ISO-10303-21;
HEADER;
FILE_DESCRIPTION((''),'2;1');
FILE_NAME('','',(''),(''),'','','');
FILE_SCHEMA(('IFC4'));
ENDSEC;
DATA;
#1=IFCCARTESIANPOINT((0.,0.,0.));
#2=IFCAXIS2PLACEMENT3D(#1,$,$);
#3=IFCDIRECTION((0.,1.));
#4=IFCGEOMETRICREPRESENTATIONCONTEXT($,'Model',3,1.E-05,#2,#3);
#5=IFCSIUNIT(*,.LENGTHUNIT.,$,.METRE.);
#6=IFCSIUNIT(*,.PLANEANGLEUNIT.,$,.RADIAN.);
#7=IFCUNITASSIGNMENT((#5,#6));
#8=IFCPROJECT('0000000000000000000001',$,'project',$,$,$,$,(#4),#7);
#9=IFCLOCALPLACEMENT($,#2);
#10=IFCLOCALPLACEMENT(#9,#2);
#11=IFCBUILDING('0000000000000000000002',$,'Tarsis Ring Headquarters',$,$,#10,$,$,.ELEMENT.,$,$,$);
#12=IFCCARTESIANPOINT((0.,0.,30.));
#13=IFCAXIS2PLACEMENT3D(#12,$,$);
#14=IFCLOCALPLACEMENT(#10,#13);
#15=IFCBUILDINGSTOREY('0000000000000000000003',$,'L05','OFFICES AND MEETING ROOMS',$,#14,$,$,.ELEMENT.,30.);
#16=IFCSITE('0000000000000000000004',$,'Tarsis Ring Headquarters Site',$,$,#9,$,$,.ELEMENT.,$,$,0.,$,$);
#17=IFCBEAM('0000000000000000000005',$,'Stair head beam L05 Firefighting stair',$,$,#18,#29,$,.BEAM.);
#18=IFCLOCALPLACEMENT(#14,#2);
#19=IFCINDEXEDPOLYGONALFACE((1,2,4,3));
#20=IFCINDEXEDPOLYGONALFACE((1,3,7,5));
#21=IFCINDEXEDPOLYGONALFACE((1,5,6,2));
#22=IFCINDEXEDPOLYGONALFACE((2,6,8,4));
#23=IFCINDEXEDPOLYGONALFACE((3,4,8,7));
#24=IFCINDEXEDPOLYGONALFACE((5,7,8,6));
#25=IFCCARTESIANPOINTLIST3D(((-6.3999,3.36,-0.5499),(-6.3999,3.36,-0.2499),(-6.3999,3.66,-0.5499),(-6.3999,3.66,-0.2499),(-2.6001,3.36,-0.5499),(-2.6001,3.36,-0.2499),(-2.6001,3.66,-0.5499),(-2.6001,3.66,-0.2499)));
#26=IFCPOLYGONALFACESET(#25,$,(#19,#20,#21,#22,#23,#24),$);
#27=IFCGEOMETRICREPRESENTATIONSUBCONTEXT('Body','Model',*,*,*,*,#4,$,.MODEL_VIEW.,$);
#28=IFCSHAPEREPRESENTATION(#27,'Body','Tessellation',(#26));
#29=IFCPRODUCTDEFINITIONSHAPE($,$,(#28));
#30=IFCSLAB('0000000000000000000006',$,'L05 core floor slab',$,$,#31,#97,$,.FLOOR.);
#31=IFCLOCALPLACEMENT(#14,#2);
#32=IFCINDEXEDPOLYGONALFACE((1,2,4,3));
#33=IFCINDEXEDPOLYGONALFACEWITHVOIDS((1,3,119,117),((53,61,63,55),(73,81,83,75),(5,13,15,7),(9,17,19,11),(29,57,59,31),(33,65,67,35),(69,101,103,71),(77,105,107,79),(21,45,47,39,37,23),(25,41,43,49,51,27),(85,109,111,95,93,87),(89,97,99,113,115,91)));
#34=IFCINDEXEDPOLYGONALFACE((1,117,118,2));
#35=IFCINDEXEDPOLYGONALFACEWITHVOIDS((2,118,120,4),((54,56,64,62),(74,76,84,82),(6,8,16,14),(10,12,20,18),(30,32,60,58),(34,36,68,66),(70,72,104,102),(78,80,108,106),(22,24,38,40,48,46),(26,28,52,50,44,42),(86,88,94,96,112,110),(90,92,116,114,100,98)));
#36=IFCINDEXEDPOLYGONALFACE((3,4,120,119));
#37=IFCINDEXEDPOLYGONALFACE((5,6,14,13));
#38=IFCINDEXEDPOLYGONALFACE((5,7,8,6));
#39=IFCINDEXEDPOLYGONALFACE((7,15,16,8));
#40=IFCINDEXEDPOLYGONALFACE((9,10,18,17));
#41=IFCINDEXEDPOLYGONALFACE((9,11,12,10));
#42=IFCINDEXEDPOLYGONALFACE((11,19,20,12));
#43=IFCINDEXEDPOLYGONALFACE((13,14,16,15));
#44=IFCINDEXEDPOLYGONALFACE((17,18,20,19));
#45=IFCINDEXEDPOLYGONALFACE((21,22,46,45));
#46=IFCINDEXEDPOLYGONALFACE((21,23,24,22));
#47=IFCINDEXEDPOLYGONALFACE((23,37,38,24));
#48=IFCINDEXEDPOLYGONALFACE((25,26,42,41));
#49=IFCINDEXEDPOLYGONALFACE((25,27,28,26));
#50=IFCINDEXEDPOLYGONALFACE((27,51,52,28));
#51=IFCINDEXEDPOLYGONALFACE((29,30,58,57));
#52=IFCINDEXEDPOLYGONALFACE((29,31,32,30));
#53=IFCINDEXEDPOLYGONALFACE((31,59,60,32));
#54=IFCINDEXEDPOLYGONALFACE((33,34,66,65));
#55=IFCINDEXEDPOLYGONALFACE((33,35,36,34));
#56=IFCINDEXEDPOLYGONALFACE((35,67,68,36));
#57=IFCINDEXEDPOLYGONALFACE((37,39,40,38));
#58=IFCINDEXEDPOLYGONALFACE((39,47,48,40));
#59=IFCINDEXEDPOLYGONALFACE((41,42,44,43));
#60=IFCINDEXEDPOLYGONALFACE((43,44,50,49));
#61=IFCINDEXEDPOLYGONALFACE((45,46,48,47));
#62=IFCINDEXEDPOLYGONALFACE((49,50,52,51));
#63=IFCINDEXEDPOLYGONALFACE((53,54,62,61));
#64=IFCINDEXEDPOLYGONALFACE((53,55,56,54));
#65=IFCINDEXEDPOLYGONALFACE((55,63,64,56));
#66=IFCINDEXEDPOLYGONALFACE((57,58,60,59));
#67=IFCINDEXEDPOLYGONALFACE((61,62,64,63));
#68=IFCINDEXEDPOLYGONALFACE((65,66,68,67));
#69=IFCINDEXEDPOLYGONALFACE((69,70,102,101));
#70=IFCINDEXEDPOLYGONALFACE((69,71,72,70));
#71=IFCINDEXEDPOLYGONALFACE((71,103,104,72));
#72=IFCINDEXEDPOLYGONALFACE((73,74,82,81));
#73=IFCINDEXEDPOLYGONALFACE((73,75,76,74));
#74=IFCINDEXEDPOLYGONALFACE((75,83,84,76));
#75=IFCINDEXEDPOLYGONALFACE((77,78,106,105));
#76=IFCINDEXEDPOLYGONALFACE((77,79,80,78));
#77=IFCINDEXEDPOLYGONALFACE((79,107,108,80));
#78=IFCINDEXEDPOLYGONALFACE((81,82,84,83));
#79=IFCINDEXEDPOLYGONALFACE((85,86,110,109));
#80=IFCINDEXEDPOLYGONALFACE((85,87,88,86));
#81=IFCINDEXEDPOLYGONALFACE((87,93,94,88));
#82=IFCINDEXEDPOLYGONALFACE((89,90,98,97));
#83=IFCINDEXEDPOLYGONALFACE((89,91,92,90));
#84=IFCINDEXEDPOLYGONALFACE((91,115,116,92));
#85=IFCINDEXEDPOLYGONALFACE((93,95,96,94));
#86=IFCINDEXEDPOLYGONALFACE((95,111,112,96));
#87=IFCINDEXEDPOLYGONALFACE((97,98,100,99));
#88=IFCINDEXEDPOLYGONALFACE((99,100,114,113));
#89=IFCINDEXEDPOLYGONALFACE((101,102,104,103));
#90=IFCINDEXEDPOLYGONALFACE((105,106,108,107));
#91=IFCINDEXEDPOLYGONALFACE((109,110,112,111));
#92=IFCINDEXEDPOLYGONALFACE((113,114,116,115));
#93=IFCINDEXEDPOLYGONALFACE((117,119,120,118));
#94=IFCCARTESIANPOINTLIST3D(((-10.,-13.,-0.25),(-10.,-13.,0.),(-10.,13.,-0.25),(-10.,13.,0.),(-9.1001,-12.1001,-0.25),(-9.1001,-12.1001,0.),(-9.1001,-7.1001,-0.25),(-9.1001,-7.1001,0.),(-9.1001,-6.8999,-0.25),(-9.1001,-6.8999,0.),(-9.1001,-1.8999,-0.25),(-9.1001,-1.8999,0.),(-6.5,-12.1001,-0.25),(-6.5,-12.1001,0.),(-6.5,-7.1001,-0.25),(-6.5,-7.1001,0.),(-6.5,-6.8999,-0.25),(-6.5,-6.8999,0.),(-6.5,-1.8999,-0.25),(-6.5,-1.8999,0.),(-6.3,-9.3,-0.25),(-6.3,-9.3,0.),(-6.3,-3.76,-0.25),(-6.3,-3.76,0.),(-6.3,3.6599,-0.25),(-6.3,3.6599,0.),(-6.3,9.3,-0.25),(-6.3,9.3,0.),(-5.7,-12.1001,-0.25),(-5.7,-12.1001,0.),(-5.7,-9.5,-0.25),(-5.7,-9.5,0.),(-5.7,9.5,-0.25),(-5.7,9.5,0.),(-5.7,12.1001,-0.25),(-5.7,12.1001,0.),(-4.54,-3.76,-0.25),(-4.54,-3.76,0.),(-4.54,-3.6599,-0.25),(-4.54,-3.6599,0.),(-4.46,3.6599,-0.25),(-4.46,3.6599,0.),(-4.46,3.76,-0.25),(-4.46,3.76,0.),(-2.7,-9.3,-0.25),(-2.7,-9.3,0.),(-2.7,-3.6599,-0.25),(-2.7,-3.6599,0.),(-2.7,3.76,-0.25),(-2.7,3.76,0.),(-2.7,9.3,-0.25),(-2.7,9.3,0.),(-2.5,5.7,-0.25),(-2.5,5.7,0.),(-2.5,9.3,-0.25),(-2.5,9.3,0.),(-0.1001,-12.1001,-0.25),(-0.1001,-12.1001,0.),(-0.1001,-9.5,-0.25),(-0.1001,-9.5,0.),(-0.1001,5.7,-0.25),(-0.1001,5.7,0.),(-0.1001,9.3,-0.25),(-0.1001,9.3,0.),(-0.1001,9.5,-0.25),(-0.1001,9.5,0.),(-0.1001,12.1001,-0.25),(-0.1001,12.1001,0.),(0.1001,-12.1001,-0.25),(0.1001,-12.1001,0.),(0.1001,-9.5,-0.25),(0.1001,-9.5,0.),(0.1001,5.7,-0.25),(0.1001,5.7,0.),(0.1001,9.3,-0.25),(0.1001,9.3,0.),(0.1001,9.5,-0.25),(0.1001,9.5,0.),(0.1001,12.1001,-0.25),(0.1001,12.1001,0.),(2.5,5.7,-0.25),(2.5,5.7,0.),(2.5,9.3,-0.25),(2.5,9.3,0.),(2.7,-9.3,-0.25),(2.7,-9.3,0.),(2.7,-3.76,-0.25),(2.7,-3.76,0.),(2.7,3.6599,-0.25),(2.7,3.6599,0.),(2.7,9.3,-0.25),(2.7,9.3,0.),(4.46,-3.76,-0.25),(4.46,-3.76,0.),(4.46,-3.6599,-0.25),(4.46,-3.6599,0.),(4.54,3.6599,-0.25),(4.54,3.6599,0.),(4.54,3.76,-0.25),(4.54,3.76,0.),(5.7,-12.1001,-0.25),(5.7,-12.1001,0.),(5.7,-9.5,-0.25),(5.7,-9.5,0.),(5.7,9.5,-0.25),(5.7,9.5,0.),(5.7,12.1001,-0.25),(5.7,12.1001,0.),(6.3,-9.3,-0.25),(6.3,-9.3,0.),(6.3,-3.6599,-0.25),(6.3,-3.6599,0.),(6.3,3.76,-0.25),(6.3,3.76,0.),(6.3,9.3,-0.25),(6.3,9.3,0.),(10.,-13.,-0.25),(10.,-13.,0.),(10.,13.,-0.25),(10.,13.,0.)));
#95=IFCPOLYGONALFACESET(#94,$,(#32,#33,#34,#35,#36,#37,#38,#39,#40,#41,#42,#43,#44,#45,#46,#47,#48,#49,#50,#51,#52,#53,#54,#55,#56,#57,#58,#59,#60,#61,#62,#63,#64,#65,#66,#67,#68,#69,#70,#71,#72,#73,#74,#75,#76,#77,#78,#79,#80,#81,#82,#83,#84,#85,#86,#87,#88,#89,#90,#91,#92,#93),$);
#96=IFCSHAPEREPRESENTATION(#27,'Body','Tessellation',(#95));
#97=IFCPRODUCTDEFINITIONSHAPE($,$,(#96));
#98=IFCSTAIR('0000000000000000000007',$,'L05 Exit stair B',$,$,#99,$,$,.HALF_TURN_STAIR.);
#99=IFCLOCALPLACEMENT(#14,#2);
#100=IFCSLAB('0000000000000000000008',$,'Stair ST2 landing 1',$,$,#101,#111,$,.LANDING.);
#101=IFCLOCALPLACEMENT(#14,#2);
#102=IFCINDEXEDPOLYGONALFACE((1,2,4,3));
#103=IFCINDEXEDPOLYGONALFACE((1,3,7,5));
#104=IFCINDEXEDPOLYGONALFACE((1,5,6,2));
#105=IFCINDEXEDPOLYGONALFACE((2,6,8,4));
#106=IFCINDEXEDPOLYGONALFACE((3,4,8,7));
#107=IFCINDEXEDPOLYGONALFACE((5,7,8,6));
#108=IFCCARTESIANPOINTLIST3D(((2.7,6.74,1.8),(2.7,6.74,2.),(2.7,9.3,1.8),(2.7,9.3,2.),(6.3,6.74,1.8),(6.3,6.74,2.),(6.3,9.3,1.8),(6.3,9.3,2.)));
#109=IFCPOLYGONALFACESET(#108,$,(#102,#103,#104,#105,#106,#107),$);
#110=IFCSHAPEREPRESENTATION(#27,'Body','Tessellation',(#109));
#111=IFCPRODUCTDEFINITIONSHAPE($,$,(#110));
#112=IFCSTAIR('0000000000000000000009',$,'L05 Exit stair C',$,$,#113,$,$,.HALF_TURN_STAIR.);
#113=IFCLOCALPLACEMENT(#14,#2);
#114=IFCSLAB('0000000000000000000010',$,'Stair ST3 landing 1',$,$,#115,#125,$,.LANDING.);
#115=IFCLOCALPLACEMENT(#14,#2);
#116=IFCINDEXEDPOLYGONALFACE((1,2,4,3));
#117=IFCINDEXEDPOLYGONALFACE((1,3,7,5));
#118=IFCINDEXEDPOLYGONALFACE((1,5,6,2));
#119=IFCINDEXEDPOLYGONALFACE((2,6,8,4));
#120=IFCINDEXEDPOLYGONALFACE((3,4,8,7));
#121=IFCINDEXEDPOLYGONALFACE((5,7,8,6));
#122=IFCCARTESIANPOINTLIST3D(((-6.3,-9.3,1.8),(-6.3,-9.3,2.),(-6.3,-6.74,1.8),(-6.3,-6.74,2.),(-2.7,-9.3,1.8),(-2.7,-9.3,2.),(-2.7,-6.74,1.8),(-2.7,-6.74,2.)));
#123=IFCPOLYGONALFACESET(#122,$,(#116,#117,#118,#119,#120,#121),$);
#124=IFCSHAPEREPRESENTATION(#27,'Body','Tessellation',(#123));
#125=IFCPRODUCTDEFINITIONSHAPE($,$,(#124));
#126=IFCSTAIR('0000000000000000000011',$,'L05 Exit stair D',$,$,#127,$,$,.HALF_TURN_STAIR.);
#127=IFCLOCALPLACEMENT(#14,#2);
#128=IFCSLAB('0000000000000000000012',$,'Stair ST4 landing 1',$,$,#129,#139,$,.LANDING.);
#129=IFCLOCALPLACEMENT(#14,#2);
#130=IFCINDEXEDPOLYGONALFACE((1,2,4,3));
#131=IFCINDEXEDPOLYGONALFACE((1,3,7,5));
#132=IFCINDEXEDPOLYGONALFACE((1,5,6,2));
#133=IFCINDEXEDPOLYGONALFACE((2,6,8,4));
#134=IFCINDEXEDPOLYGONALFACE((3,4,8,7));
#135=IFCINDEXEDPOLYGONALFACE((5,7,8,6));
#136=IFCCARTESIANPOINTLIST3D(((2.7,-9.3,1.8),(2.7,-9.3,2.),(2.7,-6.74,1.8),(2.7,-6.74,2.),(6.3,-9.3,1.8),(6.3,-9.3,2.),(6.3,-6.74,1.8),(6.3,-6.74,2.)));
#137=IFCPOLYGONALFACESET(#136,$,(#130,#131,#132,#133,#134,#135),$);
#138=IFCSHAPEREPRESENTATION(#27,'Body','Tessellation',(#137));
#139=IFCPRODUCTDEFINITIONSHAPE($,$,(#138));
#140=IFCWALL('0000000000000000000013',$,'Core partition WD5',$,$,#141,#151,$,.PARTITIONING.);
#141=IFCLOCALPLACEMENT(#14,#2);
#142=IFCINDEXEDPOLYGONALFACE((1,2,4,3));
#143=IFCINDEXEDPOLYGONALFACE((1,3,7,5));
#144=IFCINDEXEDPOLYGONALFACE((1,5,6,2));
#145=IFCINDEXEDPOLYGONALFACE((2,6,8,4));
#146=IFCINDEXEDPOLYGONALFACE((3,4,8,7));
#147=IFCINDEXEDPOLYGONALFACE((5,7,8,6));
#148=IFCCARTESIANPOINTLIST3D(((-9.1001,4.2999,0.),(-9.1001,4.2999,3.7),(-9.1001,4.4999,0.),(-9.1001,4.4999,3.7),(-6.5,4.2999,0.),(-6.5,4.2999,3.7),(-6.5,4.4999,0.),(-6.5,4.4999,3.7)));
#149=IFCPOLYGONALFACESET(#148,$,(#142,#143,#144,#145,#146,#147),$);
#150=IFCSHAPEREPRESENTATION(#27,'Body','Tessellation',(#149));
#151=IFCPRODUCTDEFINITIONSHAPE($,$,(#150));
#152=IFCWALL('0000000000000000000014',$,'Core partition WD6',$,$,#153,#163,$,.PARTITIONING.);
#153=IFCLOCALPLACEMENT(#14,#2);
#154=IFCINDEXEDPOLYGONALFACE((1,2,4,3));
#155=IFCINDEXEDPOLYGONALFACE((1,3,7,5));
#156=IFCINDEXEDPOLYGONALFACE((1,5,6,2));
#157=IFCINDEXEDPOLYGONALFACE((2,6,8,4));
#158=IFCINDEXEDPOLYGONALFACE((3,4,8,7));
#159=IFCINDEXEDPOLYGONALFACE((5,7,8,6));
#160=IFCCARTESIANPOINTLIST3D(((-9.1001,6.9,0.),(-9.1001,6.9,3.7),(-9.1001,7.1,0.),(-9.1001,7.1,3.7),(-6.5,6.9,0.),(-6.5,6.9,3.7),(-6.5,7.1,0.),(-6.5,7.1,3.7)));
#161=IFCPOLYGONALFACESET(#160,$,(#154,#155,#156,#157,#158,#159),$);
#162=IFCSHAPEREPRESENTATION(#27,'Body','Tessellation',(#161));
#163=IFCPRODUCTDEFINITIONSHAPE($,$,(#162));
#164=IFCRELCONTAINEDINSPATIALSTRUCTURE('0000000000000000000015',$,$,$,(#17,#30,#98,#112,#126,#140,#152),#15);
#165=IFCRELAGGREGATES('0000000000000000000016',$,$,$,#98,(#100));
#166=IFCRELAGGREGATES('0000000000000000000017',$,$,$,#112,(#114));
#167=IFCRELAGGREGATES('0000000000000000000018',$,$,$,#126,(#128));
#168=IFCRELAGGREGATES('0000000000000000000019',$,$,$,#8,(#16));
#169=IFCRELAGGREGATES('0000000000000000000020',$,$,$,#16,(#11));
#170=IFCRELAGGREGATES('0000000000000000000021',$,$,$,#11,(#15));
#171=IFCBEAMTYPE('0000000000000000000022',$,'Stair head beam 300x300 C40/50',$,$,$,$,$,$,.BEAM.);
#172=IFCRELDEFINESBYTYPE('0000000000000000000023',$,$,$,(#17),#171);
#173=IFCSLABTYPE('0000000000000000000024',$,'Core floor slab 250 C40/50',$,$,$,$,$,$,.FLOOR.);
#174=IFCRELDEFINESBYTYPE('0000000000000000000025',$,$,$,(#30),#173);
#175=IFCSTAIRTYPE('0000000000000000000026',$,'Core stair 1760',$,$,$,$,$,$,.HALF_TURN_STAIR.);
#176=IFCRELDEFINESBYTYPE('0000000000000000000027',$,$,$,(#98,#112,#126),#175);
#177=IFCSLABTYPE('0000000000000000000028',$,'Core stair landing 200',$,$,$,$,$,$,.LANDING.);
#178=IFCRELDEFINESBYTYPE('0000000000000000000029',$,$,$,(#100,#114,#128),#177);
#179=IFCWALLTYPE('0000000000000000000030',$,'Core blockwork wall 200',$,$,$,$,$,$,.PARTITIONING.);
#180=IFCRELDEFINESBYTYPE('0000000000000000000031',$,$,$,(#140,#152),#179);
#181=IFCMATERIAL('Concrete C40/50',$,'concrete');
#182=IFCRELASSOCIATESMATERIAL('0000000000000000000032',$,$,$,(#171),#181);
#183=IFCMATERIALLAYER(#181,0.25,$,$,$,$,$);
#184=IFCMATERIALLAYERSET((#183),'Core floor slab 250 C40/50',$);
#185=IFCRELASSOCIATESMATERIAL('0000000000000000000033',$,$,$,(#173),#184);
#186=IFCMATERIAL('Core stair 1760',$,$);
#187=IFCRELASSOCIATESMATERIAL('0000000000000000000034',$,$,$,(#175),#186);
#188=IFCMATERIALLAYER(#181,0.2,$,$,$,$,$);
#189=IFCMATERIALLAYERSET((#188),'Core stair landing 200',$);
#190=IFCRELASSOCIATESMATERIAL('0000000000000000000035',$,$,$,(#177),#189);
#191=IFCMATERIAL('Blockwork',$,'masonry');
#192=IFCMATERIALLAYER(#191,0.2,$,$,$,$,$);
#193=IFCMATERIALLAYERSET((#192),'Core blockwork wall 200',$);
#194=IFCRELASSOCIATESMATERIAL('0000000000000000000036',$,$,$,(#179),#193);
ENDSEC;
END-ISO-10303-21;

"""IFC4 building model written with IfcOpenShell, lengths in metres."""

from ifc_helpers import new_model, si_unit, direction, frame, frame_2d, origin, origin_2d, place, context, subcontext, project, spatial, polyline, rectangle, outline, extrude, material, layer, layer_set, material_profile, profile_set, type_object, element, aggregate, save


model = new_model("IFC4")

# Units and contexts
model_context = context("Model", 3, precision=1e-05, world=origin(), true_north=direction((0.0, 1.0)))
body_context = subcontext(model_context, "Body", "Model", "MODEL_VIEW")
ifc_project = project(units=[si_unit("LENGTHUNIT", "METRE"), si_unit("PLANEANGLEUNIT", "RADIAN")], contexts=[model_context])

# Site, building, storey
site_placement = place(None, origin())
site = spatial("IfcSite", under=ifc_project, at=site_placement, Name="Tarsis Ring Headquarters Site", CompositionType="ELEMENT", RefElevation=0.0)
building_placement = place(site_placement, origin())
building = spatial("IfcBuilding", under=site, at=building_placement, Name="Tarsis Ring Headquarters", CompositionType="ELEMENT")
storey_placement = place(building_placement, frame((0.0, 0.0, 30.0)))
storey = spatial("IfcBuildingStorey", under=building, at=storey_placement, Name="L05", Description="OFFICES AND MEETING ROOMS", CompositionType="ELEMENT", Elevation=30.0)

# Beam
ifc_material_1 = material(Name="Concrete C40/50", Category="concrete")
ifc_material_profile = material_profile(ifc_material_1, rectangle(XDim=0.3, YDim=0.3, at=origin_2d()), Name="Stair head beam 300x300 C40/50")
ifc_profile_set = profile_set([ifc_material_profile], Name="Concrete C40/50")
beam_type = type_object("IfcBeamType", Name="Stair head beam 300x300 C40/50", PredefinedType="BEAM", material=ifc_profile_set)
beam_placement = place(storey_placement, frame((-6.3999, 3.51, -0.3999), z_axis=(1.0, 0.0, 0.0), x_axis=(0.0, 1.0, 0.0)))
element("IfcBeam", 1, at=beam_placement, inside=storey, type_object=beam_type, Name="Stair head beam L05 Firefighting stair", PredefinedType="BEAM", context=body_context, shape_type="SweptSolid", body=[
    extrude(rectangle(XDim=0.3, YDim=0.3, at=origin_2d()), origin(), (0.0, 0.0, 1.0), 3.7998),
])

# Slab
ifc_layer_1 = layer(ifc_material_1, 0.25)
ifc_layer_set_1 = layer_set([ifc_layer_1], Name="Core floor slab 250 C40/50")
slab_type_1 = type_object("IfcSlabType", Name="Core floor slab 250 C40/50", PredefinedType="FLOOR", material=ifc_layer_set_1)
slab_1_placement = place(storey_placement, frame((0.0, 0.0, -0.25)))
element("IfcSlab", 2, at=slab_1_placement, inside=storey, type_object=slab_type_1, Name="L05 core floor slab", PredefinedType="FLOOR", context=body_context, shape_type="SweptSolid", body=[
    extrude(outline(polyline([(-10.0, -13.0), (10.0, -13.0), (10.0, 13.0), (-10.0, 13.0), (-10.0, -13.0)]), holes=[polyline([(-2.5, 5.7), (-0.1001, 5.7), (-0.1001, 9.3), (-2.5, 9.3), (-2.5, 5.7)]), polyline([(0.1001, 5.7), (2.5, 5.7), (2.5, 9.3), (0.1001, 9.3), (0.1001, 5.7)]), polyline([(-9.1001, -12.1001), (-6.5, -12.1001), (-6.5, -7.1001), (-9.1001, -7.1001), (-9.1001, -12.1001)]), polyline([(-9.1001, -6.8999), (-6.5, -6.8999), (-6.5, -1.8999), (-9.1001, -1.8999), (-9.1001, -6.8999)]), polyline([(-5.7, 9.5), (-0.1001, 9.5), (-0.1001, 12.1001), (-5.7, 12.1001), (-5.7, 9.5)]), polyline([(0.1001, 9.5), (5.7, 9.5), (5.7, 12.1001), (0.1001, 12.1001), (0.1001, 9.5)]), polyline([(-5.7, -12.1001), (-0.1001, -12.1001), (-0.1001, -9.5), (-5.7, -9.5), (-5.7, -12.1001)]), polyline([(0.1001, -12.1001), (5.7, -12.1001), (5.7, -9.5), (0.1001, -9.5), (0.1001, -12.1001)]), polyline([(-2.7, 3.76), (-2.7, 9.3), (-6.3, 9.3), (-6.3, 3.6599), (-4.46, 3.6599), (-4.46, 3.76), (-2.7, 3.76)]), polyline([(6.3, 3.76), (6.3, 9.3), (2.7, 9.3), (2.7, 3.6599), (4.54, 3.6599), (4.54, 3.76), (6.3, 3.76)]), polyline([(-6.3, -3.76), (-6.3, -9.3), (-2.7, -9.3), (-2.7, -3.6599), (-4.54, -3.6599), (-4.54, -3.76), (-6.3, -3.76)]), polyline([(2.7, -3.76), (2.7, -9.3), (6.3, -9.3), (6.3, -3.6599), (4.46, -3.6599), (4.46, -3.76), (2.7, -3.76)])]), origin(), (0.0, 0.0, 1.0), 0.25),
])

# Stairs, slabs
ifc_material_2 = material(Name="Core stair 1760")
stair_type = type_object("IfcStairType", Name="Core stair 1760", PredefinedType="HALF_TURN_STAIR", material=ifc_material_2)
stair_1_placement = place(storey_placement, origin())
stair_1 = element("IfcStair", 3, at=stair_1_placement, inside=storey, type_object=stair_type, Name="L05 Exit stair B", PredefinedType="HALF_TURN_STAIR")
ifc_layer_2 = layer(ifc_material_1, 0.2)
ifc_layer_set_2 = layer_set([ifc_layer_2], Name="Core stair landing 200")
slab_type_2 = type_object("IfcSlabType", Name="Core stair landing 200", PredefinedType="LANDING", material=ifc_layer_set_2)
slab_2_placement = place(storey_placement, frame((0.0, 0.0, 1.8)))
slab_2 = element("IfcSlab", 4, at=slab_2_placement, type_object=slab_type_2, Name="Stair ST2 landing 1", PredefinedType="LANDING", context=body_context, shape_type="SweptSolid", body=[
    extrude(outline(polyline([(6.3, 6.74), (6.3, 9.3), (2.7, 9.3), (2.7, 6.74), (6.3, 6.74)])), origin(), (0.0, 0.0, 1.0), 0.2),
])
aggregate(stair_1, [slab_2])
stair_2_placement = place(storey_placement, origin())
stair_2 = element("IfcStair", 5, at=stair_2_placement, inside=storey, type_object=stair_type, Name="L05 Exit stair C", PredefinedType="HALF_TURN_STAIR")
slab_3_placement = place(storey_placement, frame((0.0, 0.0, 1.8)))
slab_3 = element("IfcSlab", 6, at=slab_3_placement, type_object=slab_type_2, Name="Stair ST3 landing 1", PredefinedType="LANDING", context=body_context, shape_type="SweptSolid", body=[
    extrude(outline(polyline([(-6.3, -6.74), (-6.3, -9.3), (-2.7, -9.3), (-2.7, -6.74), (-6.3, -6.74)])), origin(), (0.0, 0.0, 1.0), 0.2),
])
aggregate(stair_2, [slab_3])
stair_3_placement = place(storey_placement, origin())
stair_3 = element("IfcStair", 7, at=stair_3_placement, inside=storey, type_object=stair_type, Name="L05 Exit stair D", PredefinedType="HALF_TURN_STAIR")
slab_4_placement = place(storey_placement, frame((0.0, 0.0, 1.8)))
slab_4 = element("IfcSlab", 8, at=slab_4_placement, type_object=slab_type_2, Name="Stair ST4 landing 1", PredefinedType="LANDING", context=body_context, shape_type="SweptSolid", body=[
    extrude(outline(polyline([(2.7, -6.74), (2.7, -9.3), (6.3, -9.3), (6.3, -6.74), (2.7, -6.74)])), origin(), (0.0, 0.0, 1.0), 0.2),
])
aggregate(stair_3, [slab_4])

# Walls
ifc_material_3 = material(Name="Blockwork", Category="masonry")
ifc_layer_3 = layer(ifc_material_3, 0.2)
ifc_layer_set_3 = layer_set([ifc_layer_3], Name="Core blockwork wall 200")
wall_type_1 = type_object("IfcWallType", Name="Core blockwork wall 200", PredefinedType="PARTITIONING", material=ifc_layer_set_3)
for number, where, z_axis, x_axis, name in (
    (9, (-9.1001, 4.3999, 0.0), (0.0, 0.0, 1.0), (1.0, 0.0, 0.0), "Core partition WD5"),
    (10, (-9.1001, 7.0, 0.0), (0.0, 0.0, 1.0), (1.0, 0.0, 0.0), "Core partition WD6"),
):
    element("IfcWall", number, at=place(storey_placement, frame(where, z_axis=z_axis, x_axis=x_axis)), inside=storey, type_object=wall_type_1, Name=name, PredefinedType="PARTITIONING", context=body_context, shape_type="SweptSolid", body=[
        extrude(rectangle(XDim=2.6001, YDim=0.2, at=frame_2d((1.3, 0.0))), origin(), (0.0, 0.0, 1.0), 3.7),
    ])

save(model, "model.ifc")
